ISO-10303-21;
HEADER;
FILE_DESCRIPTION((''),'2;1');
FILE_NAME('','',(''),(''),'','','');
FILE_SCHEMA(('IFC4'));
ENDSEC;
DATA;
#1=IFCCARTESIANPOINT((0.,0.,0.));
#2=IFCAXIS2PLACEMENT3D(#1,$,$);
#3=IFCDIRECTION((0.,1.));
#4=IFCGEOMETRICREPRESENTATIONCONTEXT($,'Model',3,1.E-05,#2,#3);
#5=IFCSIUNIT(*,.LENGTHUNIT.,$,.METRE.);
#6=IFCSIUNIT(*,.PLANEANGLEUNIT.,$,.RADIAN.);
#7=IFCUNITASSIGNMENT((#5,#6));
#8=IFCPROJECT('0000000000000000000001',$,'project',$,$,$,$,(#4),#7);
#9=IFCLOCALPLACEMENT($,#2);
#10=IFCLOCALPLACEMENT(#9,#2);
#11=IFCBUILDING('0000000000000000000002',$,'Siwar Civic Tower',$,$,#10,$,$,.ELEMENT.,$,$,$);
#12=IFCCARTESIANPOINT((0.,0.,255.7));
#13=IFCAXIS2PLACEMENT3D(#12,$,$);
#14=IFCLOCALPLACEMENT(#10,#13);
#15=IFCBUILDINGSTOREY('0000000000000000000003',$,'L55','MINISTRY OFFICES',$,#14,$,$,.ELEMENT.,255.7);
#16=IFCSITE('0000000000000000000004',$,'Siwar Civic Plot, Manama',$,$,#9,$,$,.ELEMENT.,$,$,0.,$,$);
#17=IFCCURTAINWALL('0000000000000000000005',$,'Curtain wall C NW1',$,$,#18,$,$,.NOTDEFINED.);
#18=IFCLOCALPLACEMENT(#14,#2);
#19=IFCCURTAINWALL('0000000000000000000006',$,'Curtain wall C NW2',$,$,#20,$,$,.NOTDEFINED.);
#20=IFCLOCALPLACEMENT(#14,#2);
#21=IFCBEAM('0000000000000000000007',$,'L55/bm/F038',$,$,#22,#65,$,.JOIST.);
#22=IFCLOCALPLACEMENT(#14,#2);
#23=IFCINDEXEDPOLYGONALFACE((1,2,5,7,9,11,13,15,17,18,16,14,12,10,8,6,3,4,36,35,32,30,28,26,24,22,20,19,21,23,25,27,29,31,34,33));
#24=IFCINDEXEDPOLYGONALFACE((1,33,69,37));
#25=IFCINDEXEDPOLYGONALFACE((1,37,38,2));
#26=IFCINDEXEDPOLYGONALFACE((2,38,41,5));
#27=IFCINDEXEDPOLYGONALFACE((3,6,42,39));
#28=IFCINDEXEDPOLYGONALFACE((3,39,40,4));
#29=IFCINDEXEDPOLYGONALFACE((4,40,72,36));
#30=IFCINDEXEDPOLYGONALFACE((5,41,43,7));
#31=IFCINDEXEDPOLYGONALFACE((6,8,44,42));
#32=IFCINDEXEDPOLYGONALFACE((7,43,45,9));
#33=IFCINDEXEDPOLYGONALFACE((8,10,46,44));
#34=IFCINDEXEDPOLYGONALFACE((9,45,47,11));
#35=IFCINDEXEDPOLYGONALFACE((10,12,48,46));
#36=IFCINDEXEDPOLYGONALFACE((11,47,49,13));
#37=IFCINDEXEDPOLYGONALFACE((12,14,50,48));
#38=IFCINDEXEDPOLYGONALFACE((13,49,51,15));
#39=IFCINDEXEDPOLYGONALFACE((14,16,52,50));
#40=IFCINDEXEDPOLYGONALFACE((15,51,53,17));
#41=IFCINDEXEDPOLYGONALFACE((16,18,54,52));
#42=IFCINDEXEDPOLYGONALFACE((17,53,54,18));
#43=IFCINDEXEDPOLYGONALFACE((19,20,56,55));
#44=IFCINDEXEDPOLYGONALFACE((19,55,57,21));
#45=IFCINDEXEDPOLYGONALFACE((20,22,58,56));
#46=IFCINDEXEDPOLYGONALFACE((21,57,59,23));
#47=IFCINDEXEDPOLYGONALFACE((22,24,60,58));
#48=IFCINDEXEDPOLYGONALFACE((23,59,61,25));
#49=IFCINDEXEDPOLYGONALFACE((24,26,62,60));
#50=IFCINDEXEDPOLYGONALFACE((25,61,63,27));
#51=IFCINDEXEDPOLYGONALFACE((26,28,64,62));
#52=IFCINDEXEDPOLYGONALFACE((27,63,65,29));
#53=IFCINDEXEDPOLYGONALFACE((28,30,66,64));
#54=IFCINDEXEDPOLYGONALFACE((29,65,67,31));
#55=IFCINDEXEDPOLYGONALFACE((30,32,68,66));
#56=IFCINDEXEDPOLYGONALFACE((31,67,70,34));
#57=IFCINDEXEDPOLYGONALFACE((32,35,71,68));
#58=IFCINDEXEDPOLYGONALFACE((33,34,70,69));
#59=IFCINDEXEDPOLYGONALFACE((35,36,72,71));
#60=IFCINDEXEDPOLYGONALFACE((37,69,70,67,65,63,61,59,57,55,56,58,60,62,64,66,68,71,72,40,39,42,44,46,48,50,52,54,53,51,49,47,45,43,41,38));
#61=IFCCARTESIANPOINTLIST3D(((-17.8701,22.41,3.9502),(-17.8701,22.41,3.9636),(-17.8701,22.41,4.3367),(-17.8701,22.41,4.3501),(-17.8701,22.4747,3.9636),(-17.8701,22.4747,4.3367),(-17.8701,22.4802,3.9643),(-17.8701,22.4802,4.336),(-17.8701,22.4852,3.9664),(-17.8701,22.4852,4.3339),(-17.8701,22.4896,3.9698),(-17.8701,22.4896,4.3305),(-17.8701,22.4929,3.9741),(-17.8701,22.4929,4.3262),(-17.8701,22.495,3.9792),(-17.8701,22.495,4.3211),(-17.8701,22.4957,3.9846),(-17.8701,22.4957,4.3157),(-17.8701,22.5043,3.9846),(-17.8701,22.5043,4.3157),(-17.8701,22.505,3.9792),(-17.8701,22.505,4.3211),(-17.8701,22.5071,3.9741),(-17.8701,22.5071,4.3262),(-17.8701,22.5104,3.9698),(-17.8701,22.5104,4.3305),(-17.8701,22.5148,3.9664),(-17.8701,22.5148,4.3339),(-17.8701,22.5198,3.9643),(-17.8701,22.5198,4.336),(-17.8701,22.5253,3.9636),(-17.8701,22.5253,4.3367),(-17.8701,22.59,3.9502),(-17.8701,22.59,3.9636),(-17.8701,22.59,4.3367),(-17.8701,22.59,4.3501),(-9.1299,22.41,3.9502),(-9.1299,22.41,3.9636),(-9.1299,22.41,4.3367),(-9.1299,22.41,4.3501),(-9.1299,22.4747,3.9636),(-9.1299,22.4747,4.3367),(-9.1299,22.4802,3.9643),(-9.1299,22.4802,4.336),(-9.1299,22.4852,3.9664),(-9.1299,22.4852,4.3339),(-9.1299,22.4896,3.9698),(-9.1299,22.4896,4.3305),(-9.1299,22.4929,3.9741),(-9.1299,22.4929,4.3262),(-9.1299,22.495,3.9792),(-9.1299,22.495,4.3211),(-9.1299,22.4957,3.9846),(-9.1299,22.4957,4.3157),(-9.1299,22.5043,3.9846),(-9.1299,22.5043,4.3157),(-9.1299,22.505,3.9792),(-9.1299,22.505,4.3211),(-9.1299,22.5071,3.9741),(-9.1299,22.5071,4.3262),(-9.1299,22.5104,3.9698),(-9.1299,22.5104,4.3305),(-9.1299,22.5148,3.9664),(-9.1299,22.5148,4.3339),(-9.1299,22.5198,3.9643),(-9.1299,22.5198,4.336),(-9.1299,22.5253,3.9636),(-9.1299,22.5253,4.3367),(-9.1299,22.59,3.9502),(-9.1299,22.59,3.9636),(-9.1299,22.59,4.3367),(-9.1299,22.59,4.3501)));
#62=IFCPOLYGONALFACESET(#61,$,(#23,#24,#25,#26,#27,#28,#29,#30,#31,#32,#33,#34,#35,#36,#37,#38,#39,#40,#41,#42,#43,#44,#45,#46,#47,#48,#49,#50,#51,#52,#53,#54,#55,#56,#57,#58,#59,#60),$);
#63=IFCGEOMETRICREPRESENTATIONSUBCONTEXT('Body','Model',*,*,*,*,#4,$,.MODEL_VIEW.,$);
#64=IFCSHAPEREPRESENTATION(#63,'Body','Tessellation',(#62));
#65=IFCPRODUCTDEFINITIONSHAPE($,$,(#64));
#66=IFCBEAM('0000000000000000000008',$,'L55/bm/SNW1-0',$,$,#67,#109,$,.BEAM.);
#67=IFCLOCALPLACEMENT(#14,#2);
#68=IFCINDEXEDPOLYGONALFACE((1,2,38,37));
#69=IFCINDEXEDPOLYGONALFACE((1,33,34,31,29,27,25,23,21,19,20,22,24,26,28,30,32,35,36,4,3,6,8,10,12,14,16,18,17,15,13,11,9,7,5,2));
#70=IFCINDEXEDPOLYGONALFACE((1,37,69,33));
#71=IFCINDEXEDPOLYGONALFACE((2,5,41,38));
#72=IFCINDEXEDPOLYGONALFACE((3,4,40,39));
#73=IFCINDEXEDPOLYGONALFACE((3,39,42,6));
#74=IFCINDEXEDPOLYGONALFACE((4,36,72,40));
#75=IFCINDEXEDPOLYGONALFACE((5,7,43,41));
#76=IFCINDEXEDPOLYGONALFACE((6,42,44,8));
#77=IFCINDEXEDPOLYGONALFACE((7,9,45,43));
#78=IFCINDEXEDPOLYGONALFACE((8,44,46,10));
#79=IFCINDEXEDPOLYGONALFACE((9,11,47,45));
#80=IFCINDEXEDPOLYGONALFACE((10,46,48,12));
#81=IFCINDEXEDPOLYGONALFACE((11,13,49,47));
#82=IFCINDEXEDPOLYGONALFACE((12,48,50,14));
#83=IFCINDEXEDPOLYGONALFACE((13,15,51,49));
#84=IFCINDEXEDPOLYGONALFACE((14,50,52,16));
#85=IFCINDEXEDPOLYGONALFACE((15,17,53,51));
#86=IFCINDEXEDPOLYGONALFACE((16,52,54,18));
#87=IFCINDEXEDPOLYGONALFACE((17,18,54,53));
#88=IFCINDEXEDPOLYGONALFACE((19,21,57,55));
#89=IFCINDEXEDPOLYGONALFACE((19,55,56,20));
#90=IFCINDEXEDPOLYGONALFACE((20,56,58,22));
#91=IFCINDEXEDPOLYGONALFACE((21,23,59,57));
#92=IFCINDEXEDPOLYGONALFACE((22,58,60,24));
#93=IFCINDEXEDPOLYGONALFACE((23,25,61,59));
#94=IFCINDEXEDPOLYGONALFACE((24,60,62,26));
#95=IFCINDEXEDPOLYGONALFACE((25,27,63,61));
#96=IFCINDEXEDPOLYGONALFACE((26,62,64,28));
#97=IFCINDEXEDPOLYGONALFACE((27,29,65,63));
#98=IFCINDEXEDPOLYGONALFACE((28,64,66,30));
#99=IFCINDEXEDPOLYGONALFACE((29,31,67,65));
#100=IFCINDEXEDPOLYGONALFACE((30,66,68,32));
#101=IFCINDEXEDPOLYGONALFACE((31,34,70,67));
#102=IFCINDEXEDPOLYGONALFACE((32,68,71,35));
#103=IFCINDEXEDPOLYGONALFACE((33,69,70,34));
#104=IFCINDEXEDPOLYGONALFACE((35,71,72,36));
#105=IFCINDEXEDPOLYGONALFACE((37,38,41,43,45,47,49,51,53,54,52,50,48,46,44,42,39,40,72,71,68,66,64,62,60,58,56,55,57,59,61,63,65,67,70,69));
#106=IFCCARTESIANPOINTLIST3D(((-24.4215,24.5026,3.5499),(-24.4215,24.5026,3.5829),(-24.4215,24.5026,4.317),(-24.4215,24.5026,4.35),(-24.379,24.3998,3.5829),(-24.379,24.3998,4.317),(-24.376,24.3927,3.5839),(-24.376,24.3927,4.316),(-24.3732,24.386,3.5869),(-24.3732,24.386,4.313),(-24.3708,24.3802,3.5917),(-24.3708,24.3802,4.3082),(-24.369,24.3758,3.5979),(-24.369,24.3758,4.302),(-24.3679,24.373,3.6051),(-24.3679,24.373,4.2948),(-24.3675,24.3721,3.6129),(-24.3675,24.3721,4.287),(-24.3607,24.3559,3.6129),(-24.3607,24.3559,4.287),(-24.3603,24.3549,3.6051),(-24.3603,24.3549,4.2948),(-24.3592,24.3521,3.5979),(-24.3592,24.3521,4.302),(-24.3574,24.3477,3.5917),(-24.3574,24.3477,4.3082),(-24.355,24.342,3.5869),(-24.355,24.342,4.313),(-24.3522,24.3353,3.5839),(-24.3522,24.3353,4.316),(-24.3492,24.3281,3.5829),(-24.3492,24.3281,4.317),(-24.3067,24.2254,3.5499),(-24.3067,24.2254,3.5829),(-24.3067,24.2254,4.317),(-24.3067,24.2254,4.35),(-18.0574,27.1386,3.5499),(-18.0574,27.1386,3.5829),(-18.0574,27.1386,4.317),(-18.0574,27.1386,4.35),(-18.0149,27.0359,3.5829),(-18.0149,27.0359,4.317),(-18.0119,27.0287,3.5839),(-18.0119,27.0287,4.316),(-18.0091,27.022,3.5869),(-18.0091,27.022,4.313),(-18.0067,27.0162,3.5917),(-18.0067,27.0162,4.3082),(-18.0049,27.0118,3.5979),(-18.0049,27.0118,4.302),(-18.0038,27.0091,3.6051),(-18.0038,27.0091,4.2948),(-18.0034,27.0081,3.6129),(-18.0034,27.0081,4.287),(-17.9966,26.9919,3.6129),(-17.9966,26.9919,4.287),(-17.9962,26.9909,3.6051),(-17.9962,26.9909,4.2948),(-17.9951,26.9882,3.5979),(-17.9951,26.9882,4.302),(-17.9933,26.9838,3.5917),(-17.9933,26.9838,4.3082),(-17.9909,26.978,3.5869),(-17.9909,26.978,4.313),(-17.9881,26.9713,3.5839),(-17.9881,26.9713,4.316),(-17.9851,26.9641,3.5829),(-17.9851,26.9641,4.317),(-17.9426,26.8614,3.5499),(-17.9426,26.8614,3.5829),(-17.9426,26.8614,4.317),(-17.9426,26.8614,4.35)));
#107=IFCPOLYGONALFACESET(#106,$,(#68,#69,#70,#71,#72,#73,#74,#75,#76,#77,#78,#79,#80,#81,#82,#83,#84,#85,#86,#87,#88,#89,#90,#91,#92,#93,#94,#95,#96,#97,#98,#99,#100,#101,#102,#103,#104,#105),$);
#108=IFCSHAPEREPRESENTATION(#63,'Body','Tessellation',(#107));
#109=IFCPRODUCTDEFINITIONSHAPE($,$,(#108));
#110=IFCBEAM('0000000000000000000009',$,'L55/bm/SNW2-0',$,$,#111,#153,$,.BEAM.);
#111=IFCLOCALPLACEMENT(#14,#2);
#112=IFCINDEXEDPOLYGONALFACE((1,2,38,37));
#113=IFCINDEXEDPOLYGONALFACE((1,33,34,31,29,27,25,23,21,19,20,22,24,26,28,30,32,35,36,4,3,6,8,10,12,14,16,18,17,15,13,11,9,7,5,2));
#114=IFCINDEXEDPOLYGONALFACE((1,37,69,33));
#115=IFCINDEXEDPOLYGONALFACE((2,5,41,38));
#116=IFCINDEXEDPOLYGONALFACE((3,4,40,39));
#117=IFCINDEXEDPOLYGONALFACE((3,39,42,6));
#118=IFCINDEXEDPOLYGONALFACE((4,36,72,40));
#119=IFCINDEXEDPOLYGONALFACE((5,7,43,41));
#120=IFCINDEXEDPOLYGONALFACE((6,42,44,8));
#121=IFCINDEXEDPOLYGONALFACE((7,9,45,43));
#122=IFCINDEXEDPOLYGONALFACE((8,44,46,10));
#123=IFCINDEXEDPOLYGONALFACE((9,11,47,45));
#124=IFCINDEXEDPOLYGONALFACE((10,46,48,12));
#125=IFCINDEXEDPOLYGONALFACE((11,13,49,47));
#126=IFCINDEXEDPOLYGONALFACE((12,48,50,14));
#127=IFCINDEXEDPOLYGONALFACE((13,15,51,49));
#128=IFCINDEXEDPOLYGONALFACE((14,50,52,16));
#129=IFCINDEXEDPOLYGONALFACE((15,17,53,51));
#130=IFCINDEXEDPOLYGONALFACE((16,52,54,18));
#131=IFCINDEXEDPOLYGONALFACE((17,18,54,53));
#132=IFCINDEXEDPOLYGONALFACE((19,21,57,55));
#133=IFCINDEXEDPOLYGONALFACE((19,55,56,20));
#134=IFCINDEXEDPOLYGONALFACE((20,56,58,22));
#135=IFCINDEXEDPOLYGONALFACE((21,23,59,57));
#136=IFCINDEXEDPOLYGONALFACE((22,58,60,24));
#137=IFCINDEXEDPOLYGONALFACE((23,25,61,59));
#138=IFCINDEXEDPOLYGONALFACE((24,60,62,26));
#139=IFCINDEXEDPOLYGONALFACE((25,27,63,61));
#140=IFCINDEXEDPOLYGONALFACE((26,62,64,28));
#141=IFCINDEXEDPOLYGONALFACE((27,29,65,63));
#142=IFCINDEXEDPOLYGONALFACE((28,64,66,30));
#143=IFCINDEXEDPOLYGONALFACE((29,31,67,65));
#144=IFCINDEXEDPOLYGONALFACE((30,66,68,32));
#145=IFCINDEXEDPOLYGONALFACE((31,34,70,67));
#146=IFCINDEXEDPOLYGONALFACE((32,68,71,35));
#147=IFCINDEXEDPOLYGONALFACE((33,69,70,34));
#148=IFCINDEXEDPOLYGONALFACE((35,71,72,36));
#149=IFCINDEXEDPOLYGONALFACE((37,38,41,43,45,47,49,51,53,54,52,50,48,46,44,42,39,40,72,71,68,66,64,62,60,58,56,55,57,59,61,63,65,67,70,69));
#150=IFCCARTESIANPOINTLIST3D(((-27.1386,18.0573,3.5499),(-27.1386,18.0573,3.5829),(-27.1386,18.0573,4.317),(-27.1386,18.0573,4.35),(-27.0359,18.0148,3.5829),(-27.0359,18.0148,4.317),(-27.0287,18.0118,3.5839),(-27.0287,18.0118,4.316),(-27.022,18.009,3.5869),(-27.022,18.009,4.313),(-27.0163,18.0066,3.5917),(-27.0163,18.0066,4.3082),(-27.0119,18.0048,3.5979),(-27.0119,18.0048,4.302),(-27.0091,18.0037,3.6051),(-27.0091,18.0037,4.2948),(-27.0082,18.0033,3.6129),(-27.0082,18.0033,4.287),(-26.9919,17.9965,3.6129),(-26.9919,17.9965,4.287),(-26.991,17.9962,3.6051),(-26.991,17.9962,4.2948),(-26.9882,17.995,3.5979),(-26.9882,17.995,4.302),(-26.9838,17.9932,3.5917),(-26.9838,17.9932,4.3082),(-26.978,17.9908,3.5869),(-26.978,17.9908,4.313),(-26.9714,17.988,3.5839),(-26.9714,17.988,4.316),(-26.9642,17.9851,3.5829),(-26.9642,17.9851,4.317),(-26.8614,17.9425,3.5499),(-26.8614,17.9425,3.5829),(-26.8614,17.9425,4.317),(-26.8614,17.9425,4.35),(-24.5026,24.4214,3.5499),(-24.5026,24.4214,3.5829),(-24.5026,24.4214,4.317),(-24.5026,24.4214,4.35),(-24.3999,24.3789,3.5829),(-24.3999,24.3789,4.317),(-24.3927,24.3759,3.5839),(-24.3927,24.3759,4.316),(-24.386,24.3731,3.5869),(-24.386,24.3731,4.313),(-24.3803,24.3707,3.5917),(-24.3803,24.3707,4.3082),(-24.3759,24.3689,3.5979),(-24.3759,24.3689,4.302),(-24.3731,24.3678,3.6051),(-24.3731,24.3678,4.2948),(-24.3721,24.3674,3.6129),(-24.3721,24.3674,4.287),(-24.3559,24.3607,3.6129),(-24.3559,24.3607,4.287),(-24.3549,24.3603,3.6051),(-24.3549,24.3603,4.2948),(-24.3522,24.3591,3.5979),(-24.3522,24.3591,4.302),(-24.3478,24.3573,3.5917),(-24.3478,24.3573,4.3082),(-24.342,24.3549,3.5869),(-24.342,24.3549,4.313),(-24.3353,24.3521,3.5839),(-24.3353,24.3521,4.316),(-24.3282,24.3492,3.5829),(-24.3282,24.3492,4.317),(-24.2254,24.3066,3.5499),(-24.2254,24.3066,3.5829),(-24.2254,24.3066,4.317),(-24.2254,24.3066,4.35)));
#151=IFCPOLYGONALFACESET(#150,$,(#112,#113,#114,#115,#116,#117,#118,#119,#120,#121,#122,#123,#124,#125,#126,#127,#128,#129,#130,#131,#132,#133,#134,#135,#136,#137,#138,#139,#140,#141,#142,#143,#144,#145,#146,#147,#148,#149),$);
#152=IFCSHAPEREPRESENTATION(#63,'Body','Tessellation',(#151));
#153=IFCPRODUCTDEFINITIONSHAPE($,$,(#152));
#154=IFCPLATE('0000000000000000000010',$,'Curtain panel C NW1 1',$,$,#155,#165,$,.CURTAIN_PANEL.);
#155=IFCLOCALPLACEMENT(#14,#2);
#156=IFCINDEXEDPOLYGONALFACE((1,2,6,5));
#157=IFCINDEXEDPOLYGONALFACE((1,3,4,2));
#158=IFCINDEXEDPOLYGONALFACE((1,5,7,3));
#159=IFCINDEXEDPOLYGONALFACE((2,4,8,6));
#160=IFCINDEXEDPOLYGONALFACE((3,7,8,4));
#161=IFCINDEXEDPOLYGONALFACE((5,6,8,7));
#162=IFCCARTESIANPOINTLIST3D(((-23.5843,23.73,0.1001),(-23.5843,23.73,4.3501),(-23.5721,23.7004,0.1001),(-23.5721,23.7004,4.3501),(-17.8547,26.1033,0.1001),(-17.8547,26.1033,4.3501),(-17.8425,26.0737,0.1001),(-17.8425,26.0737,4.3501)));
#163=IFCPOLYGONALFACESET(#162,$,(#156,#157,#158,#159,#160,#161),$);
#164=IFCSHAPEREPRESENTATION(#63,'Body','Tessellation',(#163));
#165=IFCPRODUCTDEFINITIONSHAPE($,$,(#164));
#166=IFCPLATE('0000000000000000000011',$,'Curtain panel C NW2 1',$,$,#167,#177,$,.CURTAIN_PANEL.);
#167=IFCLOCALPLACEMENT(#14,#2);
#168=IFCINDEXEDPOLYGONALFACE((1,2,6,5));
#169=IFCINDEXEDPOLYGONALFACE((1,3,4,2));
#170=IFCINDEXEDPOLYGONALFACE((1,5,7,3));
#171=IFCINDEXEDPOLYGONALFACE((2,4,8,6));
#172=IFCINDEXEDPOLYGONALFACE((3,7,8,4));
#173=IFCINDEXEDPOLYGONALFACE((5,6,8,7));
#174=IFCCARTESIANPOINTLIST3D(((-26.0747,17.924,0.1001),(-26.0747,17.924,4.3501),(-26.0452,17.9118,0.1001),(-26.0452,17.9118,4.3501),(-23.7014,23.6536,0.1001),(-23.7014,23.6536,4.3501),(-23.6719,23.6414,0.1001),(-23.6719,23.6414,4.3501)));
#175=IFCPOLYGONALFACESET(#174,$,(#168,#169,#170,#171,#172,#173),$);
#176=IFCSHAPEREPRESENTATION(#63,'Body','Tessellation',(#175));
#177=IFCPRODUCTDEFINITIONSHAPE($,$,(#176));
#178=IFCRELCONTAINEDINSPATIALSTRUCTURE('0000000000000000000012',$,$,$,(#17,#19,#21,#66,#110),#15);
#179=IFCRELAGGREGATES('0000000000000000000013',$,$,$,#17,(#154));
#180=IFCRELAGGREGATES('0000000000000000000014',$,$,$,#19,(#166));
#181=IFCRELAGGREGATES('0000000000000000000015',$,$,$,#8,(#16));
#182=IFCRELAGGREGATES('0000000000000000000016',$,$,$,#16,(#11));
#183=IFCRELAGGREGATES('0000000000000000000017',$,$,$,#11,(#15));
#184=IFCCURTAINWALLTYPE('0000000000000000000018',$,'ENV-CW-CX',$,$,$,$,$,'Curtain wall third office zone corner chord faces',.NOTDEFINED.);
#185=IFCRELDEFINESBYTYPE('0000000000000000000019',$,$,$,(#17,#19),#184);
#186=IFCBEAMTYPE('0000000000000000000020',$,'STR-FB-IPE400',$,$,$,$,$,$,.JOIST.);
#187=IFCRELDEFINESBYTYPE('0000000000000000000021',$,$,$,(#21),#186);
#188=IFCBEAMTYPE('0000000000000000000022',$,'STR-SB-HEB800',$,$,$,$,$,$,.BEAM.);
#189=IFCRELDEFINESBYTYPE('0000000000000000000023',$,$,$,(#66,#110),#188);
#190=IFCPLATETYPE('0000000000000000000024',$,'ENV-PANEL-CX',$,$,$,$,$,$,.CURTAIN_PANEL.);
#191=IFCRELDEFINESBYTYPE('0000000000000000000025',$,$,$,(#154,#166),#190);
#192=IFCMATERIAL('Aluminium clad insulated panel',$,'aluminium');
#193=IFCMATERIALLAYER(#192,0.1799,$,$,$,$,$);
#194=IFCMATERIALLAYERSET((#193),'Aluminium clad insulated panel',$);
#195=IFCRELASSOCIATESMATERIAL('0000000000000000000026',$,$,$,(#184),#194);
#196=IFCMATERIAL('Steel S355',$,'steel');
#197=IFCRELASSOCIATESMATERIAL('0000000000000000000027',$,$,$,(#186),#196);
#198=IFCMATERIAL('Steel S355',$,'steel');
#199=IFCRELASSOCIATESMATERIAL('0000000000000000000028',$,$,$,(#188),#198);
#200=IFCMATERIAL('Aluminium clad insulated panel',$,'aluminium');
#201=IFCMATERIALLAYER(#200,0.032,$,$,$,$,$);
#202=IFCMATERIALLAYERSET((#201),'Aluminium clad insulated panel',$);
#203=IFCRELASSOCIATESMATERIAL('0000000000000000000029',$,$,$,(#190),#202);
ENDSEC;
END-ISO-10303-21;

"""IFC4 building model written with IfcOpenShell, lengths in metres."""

from ifc_helpers import new_model, si_unit, direction, frame, origin, origin_2d, place, context, subcontext, project, spatial, rectangle, i_section, extrude, material, layer, layer_set, material_profile, profile_set, type_object, element, aggregate, save


model = new_model("IFC4")

# Units and contexts
model_context = context("Model", 3, precision=1e-05, world=origin(), true_north=direction((0.0, 1.0)))
body_context = subcontext(model_context, "Body", "Model", "MODEL_VIEW")
ifc_project = project(units=[si_unit("LENGTHUNIT", "METRE"), si_unit("PLANEANGLEUNIT", "RADIAN")], contexts=[model_context])

# Site, building, storey
site_placement = place(None, origin())
site = spatial("IfcSite", under=ifc_project, at=site_placement, Name="Siwar Civic Plot, Manama", CompositionType="ELEMENT", RefElevation=0.0)
building_placement = place(site_placement, origin())
building = spatial("IfcBuilding", under=site, at=building_placement, Name="Siwar Civic Tower", CompositionType="ELEMENT")
storey_placement = place(building_placement, frame((0.0, 0.0, 255.7)))
storey = spatial("IfcBuildingStorey", under=building, at=storey_placement, Name="L55", Description="MINISTRY OFFICES", CompositionType="ELEMENT", Elevation=255.7)

# Curtain walls
ifc_material_1 = material(Name="Aluminium clad insulated panel", Category="aluminium")
ifc_layer_1 = layer(ifc_material_1, 0.1799)
ifc_layer_set_1 = layer_set([ifc_layer_1], Name="Aluminium clad insulated panel")
curtain_wall_type = type_object("IfcCurtainWallType", Name="ENV-CW-CX", ElementType="Curtain wall third office zone corner chord faces", PredefinedType="NOTDEFINED", material=ifc_layer_set_1)
curtain_wall_1_placement = place(storey_placement, origin())
curtain_wall_1 = element("IfcCurtainWall", 1, at=curtain_wall_1_placement, inside=storey, type_object=curtain_wall_type, Name="Curtain wall C NW1", PredefinedType="NOTDEFINED")
curtain_wall_2_placement = place(storey_placement, origin())
curtain_wall_2 = element("IfcCurtainWall", 2, at=curtain_wall_2_placement, inside=storey, type_object=curtain_wall_type, Name="Curtain wall C NW2", PredefinedType="NOTDEFINED")

# Beams
ifc_material_2 = material(Name="Steel S355", Category="steel")
ifc_material_profile_1 = material_profile(ifc_material_2, i_section(OverallWidth=0.1799, OverallDepth=0.3999, WebThickness=0.0085, FlangeThickness=0.0134, FilletRadius=0.021, at=origin_2d()), Name="IPE400")
ifc_profile_set_1 = profile_set([ifc_material_profile_1], Name="Steel S355")
beam_type_1 = type_object("IfcBeamType", Name="STR-FB-IPE400", PredefinedType="JOIST", material=ifc_profile_set_1)
beam_1_placement = place(storey_placement, frame((-17.8701, 22.5, 4.1501), z_axis=(1.0, 0.0, 0.0), x_axis=(0.0, 1.0, 0.0)))
element("IfcBeam", 3, at=beam_1_placement, inside=storey, type_object=beam_type_1, Name="L55/bm/F038", PredefinedType="JOIST", context=body_context, shape_type="SweptSolid", body=[
    extrude(i_section(OverallWidth=0.1799, OverallDepth=0.3999, WebThickness=0.0085, FlangeThickness=0.0134, FilletRadius=0.021, at=origin_2d()), origin(), (0.0, 0.0, 1.0), 8.7402),
])
ifc_material_3 = material(Name="Steel S355", Category="steel")
ifc_material_profile_2 = material_profile(ifc_material_3, i_section(OverallWidth=0.3, OverallDepth=0.8, WebThickness=0.0176, FlangeThickness=0.033, FilletRadius=0.03, at=origin_2d()), Name="HEB800")
ifc_profile_set_2 = profile_set([ifc_material_profile_2], Name="Steel S355")
beam_type_2 = type_object("IfcBeamType", Name="STR-SB-HEB800", PredefinedType="BEAM", material=ifc_profile_set_2)
for number, where, z_axis, x_axis, name in (
    (4, (-18.0, 27.0, 3.95), (-0.923883, -0.382674, 0.0), (0.382674, -0.923883, 0.0), "L55/bm/SNW1-0"),
    (5, (-24.364, 24.364, 3.95), (-0.382674, -0.923883, 0.0), (0.923883, -0.382674, 0.0), "L55/bm/SNW2-0"),
):
    element("IfcBeam", number, at=place(storey_placement, frame(where, z_axis=z_axis, x_axis=x_axis)), inside=storey, type_object=beam_type_2, Name=name, PredefinedType="BEAM", context=body_context, shape_type="SweptSolid", body=[
        extrude(i_section(OverallWidth=0.3, OverallDepth=0.8, WebThickness=0.0176, FlangeThickness=0.033, FilletRadius=0.03, at=origin_2d()), origin(), (0.0, 0.0, 1.0), 6.8884),
    ])

# Plates
ifc_material_4 = material(Name="Aluminium clad insulated panel", Category="aluminium")
ifc_layer_2 = layer(ifc_material_4, 0.032)
ifc_layer_set_2 = layer_set([ifc_layer_2], Name="Aluminium clad insulated panel")
plate_type = type_object("IfcPlateType", Name="ENV-PANEL-CX", PredefinedType="CURTAIN_PANEL", material=ifc_layer_set_2)
plate_1_placement = place(storey_placement, frame((-20.7134, 24.9019, 0.1001), z_axis=(0.0, 0.0, 1.0), x_axis=(-0.92388, -0.382683, 0.0)))
plate_1 = element("IfcPlate", 6, at=plate_1_placement, type_object=plate_type, Name="Curtain panel C NW1 1", PredefinedType="CURTAIN_PANEL", context=body_context, shape_type="SweptSolid", body=[
    extrude(rectangle(XDim=6.2017, YDim=0.032, at=origin_2d()), origin(), (0.0, 0.0, 1.0), 4.25),
])
aggregate(curtain_wall_1, [plate_1])
plate_2_placement = place(storey_placement, frame((-24.8733, 20.7827, 0.1001), z_axis=(0.0, 0.0, 1.0), x_axis=(-0.382683, -0.92388, 0.0)))
plate_2 = element("IfcPlate", 7, at=plate_2_placement, type_object=plate_type, Name="Curtain panel C NW2 1", PredefinedType="CURTAIN_PANEL", context=body_context, shape_type="SweptSolid", body=[
    extrude(rectangle(XDim=6.2017, YDim=0.032, at=origin_2d()), origin(), (0.0, 0.0, 1.0), 4.25),
])
aggregate(curtain_wall_2, [plate_2])

save(model, "model.ifc")
